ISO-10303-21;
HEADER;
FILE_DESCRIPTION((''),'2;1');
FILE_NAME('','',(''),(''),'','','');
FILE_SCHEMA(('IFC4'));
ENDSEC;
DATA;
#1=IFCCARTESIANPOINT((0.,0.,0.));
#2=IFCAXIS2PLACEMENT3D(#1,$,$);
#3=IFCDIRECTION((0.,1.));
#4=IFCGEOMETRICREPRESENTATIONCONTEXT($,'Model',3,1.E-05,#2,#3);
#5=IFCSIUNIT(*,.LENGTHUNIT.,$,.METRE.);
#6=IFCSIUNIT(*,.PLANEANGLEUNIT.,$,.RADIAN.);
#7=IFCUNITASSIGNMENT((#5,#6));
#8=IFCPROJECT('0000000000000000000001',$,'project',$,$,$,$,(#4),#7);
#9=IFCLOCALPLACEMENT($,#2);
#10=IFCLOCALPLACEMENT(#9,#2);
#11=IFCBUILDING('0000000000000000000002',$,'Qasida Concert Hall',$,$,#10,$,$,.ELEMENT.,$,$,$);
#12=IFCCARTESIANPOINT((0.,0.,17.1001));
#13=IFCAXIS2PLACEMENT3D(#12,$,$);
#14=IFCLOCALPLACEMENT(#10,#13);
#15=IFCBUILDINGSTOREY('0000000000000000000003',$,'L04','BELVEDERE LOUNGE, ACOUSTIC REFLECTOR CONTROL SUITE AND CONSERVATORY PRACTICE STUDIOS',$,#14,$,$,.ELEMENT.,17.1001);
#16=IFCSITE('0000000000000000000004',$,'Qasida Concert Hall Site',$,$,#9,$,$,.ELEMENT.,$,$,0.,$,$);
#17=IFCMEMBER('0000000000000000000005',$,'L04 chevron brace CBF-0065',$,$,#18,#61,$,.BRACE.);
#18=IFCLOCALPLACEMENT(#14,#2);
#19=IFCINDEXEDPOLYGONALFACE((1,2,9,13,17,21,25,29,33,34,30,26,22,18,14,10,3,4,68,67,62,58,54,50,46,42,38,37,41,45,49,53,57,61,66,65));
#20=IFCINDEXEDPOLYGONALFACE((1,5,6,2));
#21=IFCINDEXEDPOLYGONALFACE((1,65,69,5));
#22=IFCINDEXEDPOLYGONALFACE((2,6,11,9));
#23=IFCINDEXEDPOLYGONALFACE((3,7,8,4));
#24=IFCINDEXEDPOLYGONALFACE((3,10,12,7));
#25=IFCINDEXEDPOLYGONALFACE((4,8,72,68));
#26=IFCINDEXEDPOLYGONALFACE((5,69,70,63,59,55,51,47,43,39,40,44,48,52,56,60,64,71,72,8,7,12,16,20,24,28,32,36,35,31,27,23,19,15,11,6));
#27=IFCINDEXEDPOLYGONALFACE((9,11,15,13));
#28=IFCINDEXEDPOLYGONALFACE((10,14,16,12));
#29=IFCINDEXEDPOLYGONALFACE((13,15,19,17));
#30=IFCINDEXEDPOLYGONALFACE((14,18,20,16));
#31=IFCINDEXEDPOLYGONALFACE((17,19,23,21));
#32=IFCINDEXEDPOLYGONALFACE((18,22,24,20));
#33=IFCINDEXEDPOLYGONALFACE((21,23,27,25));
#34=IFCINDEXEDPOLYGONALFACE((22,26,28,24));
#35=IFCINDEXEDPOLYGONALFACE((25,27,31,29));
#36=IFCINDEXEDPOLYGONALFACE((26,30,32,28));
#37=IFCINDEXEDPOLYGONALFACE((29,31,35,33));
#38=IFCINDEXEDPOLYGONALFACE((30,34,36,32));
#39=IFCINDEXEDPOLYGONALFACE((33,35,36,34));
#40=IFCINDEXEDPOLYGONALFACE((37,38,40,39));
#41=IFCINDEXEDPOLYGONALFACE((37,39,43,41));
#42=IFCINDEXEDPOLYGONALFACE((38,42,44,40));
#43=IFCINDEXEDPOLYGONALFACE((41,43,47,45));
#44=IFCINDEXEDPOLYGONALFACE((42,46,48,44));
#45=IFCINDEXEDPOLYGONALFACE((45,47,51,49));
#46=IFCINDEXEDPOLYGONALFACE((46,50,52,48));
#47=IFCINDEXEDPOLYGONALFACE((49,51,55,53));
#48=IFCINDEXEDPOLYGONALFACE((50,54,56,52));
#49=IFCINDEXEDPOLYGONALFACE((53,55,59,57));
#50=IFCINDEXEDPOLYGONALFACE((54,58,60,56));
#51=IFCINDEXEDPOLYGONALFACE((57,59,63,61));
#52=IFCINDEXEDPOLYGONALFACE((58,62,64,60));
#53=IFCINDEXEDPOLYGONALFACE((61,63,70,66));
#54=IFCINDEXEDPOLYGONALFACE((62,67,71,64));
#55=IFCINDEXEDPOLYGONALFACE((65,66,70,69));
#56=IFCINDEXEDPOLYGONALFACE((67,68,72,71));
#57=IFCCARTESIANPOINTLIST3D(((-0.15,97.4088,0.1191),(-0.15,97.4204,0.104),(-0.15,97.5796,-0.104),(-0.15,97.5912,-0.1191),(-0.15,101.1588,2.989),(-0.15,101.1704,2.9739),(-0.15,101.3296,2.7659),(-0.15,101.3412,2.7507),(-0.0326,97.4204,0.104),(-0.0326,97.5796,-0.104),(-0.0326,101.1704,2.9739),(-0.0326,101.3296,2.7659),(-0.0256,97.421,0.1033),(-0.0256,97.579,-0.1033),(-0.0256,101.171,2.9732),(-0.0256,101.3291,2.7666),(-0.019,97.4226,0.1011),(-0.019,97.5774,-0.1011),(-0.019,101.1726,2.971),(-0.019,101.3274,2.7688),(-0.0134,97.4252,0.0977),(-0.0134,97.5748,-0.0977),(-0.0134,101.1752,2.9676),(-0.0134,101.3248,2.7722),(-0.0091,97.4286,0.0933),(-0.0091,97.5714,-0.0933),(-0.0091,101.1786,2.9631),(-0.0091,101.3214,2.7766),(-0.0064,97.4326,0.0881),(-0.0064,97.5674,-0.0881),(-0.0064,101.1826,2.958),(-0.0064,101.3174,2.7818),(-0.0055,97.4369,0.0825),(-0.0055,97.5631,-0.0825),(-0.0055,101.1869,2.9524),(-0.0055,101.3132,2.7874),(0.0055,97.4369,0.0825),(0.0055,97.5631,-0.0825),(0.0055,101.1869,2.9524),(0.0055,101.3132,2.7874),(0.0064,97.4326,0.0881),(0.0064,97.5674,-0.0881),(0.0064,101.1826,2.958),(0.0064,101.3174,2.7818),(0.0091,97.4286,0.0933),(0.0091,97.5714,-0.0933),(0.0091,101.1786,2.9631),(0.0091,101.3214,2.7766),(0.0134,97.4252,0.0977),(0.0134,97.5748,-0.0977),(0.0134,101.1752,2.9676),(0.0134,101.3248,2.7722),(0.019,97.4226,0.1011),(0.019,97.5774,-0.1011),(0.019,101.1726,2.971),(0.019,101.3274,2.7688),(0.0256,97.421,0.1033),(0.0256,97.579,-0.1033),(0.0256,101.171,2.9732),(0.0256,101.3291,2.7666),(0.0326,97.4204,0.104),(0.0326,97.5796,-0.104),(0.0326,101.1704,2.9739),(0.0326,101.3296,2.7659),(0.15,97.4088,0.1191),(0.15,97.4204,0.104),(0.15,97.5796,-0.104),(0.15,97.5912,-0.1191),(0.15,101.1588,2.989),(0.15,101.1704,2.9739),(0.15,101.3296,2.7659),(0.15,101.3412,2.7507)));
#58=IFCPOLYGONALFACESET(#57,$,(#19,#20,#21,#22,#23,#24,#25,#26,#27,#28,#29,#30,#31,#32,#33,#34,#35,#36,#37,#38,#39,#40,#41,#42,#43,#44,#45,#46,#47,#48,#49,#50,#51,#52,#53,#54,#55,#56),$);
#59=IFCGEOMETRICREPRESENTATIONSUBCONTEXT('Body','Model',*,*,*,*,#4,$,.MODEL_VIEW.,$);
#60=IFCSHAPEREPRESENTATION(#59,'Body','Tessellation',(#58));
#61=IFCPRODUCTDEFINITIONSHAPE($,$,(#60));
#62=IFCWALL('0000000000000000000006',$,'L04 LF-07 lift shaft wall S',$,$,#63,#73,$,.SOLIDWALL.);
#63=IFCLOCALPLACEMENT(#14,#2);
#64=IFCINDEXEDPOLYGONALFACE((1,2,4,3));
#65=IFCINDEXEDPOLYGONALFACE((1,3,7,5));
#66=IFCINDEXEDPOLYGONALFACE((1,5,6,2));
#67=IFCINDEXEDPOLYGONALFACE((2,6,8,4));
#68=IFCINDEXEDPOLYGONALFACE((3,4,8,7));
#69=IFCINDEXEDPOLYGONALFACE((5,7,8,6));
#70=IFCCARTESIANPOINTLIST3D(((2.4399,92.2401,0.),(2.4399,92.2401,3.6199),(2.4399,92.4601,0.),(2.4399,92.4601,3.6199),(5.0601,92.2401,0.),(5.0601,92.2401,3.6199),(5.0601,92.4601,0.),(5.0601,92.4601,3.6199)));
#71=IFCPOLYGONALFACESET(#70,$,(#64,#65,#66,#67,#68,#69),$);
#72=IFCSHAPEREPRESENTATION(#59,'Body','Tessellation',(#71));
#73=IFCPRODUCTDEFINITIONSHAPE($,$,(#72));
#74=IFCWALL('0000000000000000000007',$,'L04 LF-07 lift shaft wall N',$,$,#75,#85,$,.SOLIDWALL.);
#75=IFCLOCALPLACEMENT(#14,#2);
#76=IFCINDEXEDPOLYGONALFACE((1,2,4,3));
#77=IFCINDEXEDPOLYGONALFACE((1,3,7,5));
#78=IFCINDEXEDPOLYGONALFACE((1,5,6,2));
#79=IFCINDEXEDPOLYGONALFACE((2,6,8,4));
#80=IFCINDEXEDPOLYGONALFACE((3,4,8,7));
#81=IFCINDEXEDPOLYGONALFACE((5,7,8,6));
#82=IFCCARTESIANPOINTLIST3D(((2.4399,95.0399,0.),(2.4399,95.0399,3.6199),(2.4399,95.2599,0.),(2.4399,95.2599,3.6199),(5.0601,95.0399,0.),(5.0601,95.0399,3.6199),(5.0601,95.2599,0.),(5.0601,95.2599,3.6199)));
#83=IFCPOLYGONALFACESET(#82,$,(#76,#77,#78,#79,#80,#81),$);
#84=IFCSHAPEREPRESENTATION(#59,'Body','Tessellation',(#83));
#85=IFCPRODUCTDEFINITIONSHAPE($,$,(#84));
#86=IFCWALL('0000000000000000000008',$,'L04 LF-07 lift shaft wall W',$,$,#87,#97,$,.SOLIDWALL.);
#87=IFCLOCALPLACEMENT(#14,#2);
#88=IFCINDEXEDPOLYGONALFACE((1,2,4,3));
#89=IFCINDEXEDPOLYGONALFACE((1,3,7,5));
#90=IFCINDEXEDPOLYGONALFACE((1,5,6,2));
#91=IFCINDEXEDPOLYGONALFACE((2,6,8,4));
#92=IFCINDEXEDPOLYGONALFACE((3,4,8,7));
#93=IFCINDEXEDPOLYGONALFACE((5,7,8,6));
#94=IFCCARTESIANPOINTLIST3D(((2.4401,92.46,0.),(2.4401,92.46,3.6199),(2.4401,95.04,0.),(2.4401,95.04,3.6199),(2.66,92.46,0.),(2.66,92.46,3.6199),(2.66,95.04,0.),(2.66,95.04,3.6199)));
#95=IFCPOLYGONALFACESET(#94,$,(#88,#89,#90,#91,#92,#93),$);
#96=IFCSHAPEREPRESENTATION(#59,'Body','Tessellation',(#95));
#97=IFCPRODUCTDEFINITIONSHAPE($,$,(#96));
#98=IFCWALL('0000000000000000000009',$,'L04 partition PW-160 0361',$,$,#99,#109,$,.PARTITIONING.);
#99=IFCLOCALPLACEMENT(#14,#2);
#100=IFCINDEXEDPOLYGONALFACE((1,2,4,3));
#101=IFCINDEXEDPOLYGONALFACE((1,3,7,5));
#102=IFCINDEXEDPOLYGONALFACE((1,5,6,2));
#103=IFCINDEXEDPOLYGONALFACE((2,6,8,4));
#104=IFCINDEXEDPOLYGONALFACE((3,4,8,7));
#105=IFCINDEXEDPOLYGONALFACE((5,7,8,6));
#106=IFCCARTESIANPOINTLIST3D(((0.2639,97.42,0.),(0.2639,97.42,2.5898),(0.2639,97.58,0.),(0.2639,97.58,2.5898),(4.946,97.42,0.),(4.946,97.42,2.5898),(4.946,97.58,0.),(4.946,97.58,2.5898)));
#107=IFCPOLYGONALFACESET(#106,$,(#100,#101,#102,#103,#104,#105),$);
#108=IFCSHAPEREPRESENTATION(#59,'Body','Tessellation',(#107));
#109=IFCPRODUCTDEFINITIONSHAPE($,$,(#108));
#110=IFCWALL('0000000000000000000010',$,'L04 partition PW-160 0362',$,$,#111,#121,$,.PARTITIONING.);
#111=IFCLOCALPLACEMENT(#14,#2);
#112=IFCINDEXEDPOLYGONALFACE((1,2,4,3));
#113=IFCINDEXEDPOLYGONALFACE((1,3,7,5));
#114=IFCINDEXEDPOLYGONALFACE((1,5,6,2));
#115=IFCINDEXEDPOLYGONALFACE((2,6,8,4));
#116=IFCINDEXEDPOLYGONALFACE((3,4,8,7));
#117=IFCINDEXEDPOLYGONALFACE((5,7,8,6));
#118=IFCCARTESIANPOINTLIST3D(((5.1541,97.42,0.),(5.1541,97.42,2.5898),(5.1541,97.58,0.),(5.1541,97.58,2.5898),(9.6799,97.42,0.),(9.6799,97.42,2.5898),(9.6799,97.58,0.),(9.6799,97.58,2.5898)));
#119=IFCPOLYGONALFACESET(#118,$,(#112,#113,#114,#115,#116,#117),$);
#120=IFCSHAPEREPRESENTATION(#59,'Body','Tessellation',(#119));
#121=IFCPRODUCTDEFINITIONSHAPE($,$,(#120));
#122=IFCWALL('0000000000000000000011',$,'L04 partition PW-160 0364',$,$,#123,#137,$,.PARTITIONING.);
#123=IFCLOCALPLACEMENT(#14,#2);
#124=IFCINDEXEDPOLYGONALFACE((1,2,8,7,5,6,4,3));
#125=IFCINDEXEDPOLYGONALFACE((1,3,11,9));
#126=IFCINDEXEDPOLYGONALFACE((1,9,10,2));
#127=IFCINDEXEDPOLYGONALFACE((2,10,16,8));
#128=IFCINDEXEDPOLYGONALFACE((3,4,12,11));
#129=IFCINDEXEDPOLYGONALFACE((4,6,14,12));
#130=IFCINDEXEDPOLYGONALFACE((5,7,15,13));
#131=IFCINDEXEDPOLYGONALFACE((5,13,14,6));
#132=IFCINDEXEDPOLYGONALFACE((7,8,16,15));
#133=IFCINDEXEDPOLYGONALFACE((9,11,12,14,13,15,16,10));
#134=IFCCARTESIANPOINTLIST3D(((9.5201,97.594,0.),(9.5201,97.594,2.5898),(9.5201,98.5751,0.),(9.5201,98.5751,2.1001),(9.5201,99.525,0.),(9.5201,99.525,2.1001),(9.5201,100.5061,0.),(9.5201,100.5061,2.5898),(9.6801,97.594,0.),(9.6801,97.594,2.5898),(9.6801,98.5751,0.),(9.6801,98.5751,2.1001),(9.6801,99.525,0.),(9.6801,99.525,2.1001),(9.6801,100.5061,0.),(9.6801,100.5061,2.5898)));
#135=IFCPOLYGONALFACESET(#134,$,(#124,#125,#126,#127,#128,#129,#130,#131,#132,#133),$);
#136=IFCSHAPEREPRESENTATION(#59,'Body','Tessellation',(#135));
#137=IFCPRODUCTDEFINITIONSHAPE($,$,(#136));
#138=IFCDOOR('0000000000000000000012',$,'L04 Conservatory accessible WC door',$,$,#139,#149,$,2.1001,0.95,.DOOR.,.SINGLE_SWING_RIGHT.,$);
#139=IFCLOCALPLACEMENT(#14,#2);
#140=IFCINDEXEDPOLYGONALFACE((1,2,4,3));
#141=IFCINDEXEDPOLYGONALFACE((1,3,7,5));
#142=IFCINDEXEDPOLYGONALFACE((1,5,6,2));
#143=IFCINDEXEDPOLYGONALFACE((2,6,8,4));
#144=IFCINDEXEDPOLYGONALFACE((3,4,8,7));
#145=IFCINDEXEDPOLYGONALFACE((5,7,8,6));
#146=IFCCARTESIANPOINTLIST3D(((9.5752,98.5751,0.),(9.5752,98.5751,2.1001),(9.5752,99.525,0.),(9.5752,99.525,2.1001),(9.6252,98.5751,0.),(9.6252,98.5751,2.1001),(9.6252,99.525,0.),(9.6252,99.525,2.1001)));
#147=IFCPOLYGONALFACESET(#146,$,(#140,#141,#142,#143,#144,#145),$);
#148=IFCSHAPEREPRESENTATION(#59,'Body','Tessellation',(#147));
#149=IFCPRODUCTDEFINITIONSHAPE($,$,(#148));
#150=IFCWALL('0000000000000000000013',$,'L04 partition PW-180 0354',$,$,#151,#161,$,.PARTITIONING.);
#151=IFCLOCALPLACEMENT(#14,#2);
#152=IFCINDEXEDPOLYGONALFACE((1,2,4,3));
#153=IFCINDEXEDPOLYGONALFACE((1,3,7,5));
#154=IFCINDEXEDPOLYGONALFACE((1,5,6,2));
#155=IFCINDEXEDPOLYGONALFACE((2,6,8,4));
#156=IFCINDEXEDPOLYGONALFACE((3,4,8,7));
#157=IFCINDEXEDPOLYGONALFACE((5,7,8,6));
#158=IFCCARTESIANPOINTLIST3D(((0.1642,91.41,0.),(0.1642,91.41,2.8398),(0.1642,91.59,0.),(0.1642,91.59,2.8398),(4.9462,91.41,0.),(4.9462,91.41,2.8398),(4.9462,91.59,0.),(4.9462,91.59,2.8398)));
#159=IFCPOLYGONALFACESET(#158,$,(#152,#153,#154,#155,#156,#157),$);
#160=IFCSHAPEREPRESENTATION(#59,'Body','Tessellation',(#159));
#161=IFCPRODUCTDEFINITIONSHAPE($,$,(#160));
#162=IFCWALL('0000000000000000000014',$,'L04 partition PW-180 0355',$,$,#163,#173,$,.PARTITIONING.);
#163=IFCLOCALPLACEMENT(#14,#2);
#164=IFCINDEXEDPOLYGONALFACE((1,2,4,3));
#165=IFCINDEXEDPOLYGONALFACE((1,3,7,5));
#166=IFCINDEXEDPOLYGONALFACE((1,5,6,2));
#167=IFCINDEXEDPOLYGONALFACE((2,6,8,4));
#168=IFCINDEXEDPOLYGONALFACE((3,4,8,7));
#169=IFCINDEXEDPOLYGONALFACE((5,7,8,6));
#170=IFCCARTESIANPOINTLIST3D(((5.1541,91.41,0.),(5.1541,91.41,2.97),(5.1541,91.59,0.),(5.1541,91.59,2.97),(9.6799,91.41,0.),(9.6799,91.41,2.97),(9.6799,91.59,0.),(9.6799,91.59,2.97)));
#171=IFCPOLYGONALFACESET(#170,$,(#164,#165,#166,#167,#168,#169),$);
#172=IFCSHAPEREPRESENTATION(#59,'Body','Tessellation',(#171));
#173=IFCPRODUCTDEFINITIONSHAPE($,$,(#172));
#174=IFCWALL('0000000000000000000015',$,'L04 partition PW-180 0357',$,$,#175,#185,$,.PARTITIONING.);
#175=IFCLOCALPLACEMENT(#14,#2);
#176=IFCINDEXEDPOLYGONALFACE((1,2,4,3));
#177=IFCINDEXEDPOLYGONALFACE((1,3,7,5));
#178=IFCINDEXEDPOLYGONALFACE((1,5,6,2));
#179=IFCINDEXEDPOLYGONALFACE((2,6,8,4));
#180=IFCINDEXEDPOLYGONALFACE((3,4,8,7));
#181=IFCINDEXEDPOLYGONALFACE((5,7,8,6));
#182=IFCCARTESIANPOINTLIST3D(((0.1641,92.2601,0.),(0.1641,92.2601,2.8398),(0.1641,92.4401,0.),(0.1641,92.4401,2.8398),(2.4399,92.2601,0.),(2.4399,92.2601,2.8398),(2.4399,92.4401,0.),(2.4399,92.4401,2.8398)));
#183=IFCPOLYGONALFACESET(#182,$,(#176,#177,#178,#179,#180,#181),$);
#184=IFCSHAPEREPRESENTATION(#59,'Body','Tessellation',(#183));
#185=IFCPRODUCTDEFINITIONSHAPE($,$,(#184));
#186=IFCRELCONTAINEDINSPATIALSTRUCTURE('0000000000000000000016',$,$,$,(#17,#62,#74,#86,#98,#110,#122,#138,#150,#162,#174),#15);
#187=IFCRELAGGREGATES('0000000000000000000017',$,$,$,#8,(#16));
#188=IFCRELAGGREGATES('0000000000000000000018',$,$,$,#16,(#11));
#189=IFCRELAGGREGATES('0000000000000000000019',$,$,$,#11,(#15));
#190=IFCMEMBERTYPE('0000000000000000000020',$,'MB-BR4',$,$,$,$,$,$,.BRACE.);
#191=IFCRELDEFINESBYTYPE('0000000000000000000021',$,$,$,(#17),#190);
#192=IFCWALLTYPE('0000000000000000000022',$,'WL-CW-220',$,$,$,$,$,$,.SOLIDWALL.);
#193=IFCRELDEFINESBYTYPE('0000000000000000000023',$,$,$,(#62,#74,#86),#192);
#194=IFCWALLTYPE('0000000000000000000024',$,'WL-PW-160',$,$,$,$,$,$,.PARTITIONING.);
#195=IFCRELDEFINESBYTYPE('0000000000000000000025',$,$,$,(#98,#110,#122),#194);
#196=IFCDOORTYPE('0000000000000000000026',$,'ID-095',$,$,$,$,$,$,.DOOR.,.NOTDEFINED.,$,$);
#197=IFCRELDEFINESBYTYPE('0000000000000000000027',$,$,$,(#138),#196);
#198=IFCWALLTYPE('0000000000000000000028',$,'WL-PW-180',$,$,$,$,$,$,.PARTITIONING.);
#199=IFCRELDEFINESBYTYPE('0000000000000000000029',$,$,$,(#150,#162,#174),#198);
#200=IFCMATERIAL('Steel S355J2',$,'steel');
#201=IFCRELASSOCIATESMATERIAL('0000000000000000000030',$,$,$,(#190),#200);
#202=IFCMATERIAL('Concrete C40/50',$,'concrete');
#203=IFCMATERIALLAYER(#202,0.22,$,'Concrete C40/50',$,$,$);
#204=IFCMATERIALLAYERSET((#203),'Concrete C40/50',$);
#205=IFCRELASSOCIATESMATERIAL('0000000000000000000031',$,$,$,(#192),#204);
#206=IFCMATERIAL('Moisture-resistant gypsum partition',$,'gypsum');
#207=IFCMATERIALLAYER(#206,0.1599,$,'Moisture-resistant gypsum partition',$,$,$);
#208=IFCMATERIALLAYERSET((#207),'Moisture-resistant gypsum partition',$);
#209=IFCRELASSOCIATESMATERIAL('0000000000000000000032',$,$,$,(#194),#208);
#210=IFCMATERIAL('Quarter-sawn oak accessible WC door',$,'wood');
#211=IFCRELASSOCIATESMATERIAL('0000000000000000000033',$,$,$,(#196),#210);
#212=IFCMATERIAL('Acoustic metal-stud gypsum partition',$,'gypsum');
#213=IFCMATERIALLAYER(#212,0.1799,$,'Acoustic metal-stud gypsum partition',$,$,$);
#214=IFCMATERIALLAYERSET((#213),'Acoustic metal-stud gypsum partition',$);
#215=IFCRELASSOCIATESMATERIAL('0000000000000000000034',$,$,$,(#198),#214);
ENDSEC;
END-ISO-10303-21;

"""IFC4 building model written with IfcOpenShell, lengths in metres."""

from ifc_helpers import new_model, si_unit, direction, frame, frame_2d, origin, origin_2d, place, context, subcontext, project, spatial, rectangle, i_section, extrude, material, layer, layer_set, material_profile, profile_set, type_object, element, fill, save


model = new_model("IFC4")

# Units and contexts
model_context = context("Model", 3, precision=1e-05, world=origin(), true_north=direction((0.0, 1.0)))
body_context = subcontext(model_context, "Body", "Model", "MODEL_VIEW")
ifc_project = project(units=[si_unit("LENGTHUNIT", "METRE"), si_unit("PLANEANGLEUNIT", "RADIAN")], contexts=[model_context])

# Site, building, storey
site_placement = place(None, origin())
site = spatial("IfcSite", under=ifc_project, at=site_placement, Name="Qasida Concert Hall Site", CompositionType="ELEMENT", RefElevation=0.0)
building_placement = place(site_placement, origin())
building = spatial("IfcBuilding", under=site, at=building_placement, Name="Qasida Concert Hall", CompositionType="ELEMENT")
storey_placement = place(building_placement, frame((0.0, 0.0, 17.1001)))
storey = spatial("IfcBuildingStorey", under=building, at=storey_placement, Name="L04", Description="BELVEDERE LOUNGE, ACOUSTIC REFLECTOR CONTROL SUITE AND CONSERVATORY PRACTICE STUDIOS", CompositionType="ELEMENT", Elevation=17.1001)

# Shared definitions
ifc_material_1 = material(Name="Concrete C40/50", Category="concrete")
ifc_material_2 = material(Name="Steel S355J2", Category="steel")

# Member
ifc_material_profile_1 = material_profile(ifc_material_2, i_section(OverallWidth=0.3, OverallDepth=0.3, WebThickness=0.011, FlangeThickness=0.019, FilletRadius=0.0271, at=origin_2d()), Name="HEB 300")
ifc_profile_set_1 = profile_set([ifc_material_profile_1], Name="Steel S355J2")
member_type = type_object("IfcMemberType", Name="MB-BR4", PredefinedType="BRACE", material=ifc_profile_set_1)
member_placement = place(storey_placement, frame((0.0, 97.5, 0.0), z_axis=(0.0, 0.79413, 0.607748), x_axis=(-1.0, 0.0, 0.0)))
element("IfcMember", 1, at=member_placement, inside=storey, type_object=member_type, Name="L04 chevron brace CBF-0065", PredefinedType="BRACE", context=body_context, shape_type="SweptSolid", body=[
    extrude(i_section(OverallWidth=0.3, OverallDepth=0.3, WebThickness=0.011, FlangeThickness=0.019, FilletRadius=0.0271, at=origin_2d()), origin(), (0.0, 0.0, 1.0), 4.7222),
])

# Walls
ifc_layer_1 = layer(ifc_material_1, 0.22, Name="Concrete C40/50")
ifc_layer_set_1 = layer_set([ifc_layer_1], Name="Concrete C40/50")
wall_type_1 = type_object("IfcWallType", Name="WL-CW-220", PredefinedType="SOLIDWALL", material=ifc_layer_set_1)
for number, where, z_axis, x_axis, name in (
    (2, (2.4399, 92.3501, 0.0), (0.0, 0.0, 1.0), (1.0, 0.0, 0.0), "L04 LF-07 lift shaft wall S"),
    (3, (2.4399, 95.1499, 0.0), (0.0, 0.0, 1.0), (1.0, 0.0, 0.0), "L04 LF-07 lift shaft wall N"),
):
    element("IfcWall", number, at=place(storey_placement, frame(where, z_axis=z_axis, x_axis=x_axis)), inside=storey, type_object=wall_type_1, Name=name, PredefinedType="SOLIDWALL", context=body_context, shape_type="SweptSolid", body=[
        extrude(rectangle(XDim=2.6201, YDim=0.22, at=frame_2d((1.3101, 0.0))), origin(), (0.0, 0.0, 1.0), 3.6199),
    ])
wall_1_placement = place(storey_placement, frame((2.55, 92.46, 0.0), z_axis=(0.0, 0.0, 1.0), x_axis=(0.0, 1.0, 0.0)))
element("IfcWall", 4, at=wall_1_placement, inside=storey, type_object=wall_type_1, Name="L04 LF-07 lift shaft wall W", PredefinedType="SOLIDWALL", context=body_context, shape_type="SweptSolid", body=[
    extrude(rectangle(XDim=2.5801, YDim=0.22, at=frame_2d((1.29, 0.0))), origin(), (0.0, 0.0, 1.0), 3.6199),
])

# Walls
ifc_material_3 = material(Name="Moisture-resistant gypsum partition", Category="gypsum")
ifc_layer_2 = layer(ifc_material_3, 0.1599, Name="Moisture-resistant gypsum partition")
ifc_layer_set_2 = layer_set([ifc_layer_2], Name="Moisture-resistant gypsum partition")
wall_type_2 = type_object("IfcWallType", Name="WL-PW-160", PredefinedType="PARTITIONING", material=ifc_layer_set_2)
wall_2_placement = place(storey_placement, frame((0.2639, 97.5, 0.0), z_axis=(0.0, 0.0, 1.0), x_axis=(1.0, 0.0, 0.0)))
element("IfcWall", 5, at=wall_2_placement, inside=storey, type_object=wall_type_2, Name="L04 partition PW-160 0361", PredefinedType="PARTITIONING", context=body_context, shape_type="SweptSolid", body=[
    extrude(rectangle(XDim=4.6821, YDim=0.1599, at=frame_2d((2.3411, 0.0))), origin(), (0.0, 0.0, 1.0), 2.5898),
])
wall_3_placement = place(storey_placement, frame((5.1541, 97.5, 0.0), z_axis=(0.0, 0.0, 1.0), x_axis=(1.0, 0.0, 0.0)))
element("IfcWall", 6, at=wall_3_placement, inside=storey, type_object=wall_type_2, Name="L04 partition PW-160 0362", PredefinedType="PARTITIONING", context=body_context, shape_type="SweptSolid", body=[
    extrude(rectangle(XDim=4.5259, YDim=0.1599, at=frame_2d((2.2629, 0.0))), origin(), (0.0, 0.0, 1.0), 2.5898),
])

# Wall, opening, door
wall_4_placement = place(storey_placement, frame((9.6001, 97.594, 0.0), z_axis=(0.0, 0.0, 1.0), x_axis=(0.0, 1.0, 0.0)))
wall_4 = element("IfcWall", 7, at=wall_4_placement, inside=storey, type_object=wall_type_2, Name="L04 partition PW-160 0364", PredefinedType="PARTITIONING", context=body_context, shape_type="SweptSolid", body=[
    extrude(rectangle(XDim=2.9121, YDim=0.1599, at=frame_2d((1.4561, 0.0))), origin(), (0.0, 0.0, 1.0), 2.5898),
])
opening_1_placement = place(wall_4_placement, frame((0.981, 0.0, 0.0)))
opening_1 = element("IfcOpeningElement", 8, at=opening_1_placement, cuts=wall_4, PredefinedType="OPENING", context=body_context, shape_type="SweptSolid", body=[
    extrude(rectangle(XDim=0.95, YDim=2.1001, at=frame_2d((0.4751, 1.05))), frame((0.0, 0.0898, 0.0), z_axis=(0.0, -1.0, 0.0), x_axis=(1.0, 0.0, 0.0)), (0.0, 0.0, 1.0), 0.1799),
])
ifc_material_4 = material(Name="Quarter-sawn oak accessible WC door", Category="wood")
door_type_1 = type_object("IfcDoorType", Name="ID-095", OperationType="NOTDEFINED", PredefinedType="DOOR", material=ifc_material_4)
door_1_placement = place(opening_1_placement, origin())
door_1 = element("IfcDoor", 9, at=door_1_placement, inside=storey, type_object=door_type_1, Name="L04 Conservatory accessible WC door", OperationType="SINGLE_SWING_RIGHT", OverallHeight=2.1001, OverallWidth=0.95, PredefinedType="DOOR", context=body_context, shape_type="SweptSolid", body=[
    extrude(rectangle(XDim=0.95, YDim=2.1001, at=frame_2d((0.4751, 1.05))), frame((0.0, 0.0249, 0.0), z_axis=(0.0, -1.0, 0.0), x_axis=(1.0, 0.0, 0.0)), (0.0, 0.0, 1.0), 0.05),
])
fill(opening_1, door_1)

# Walls
ifc_material_5 = material(Name="Acoustic metal-stud gypsum partition", Category="gypsum")
ifc_layer_3 = layer(ifc_material_5, 0.1799, Name="Acoustic metal-stud gypsum partition")
ifc_layer_set_3 = layer_set([ifc_layer_3], Name="Acoustic metal-stud gypsum partition")
wall_type_3 = type_object("IfcWallType", Name="WL-PW-180", PredefinedType="PARTITIONING", material=ifc_layer_set_3)
wall_5_placement = place(storey_placement, frame((0.1641, 91.5, 0.0), z_axis=(0.0, 0.0, 1.0), x_axis=(1.0, 0.0, 0.0)))
element("IfcWall", 10, at=wall_5_placement, inside=storey, type_object=wall_type_3, Name="L04 partition PW-180 0354", PredefinedType="PARTITIONING", context=body_context, shape_type="SweptSolid", body=[
    extrude(rectangle(XDim=4.782, YDim=0.1799, at=frame_2d((2.3911, 0.0))), origin(), (0.0, 0.0, 1.0), 2.8398),
])
wall_6_placement = place(storey_placement, frame((5.1541, 91.5, 0.0), z_axis=(0.0, 0.0, 1.0), x_axis=(1.0, 0.0, 0.0)))
element("IfcWall", 11, at=wall_6_placement, inside=storey, type_object=wall_type_3, Name="L04 partition PW-180 0355", PredefinedType="PARTITIONING", context=body_context, shape_type="SweptSolid", body=[
    extrude(rectangle(XDim=4.5259, YDim=0.1799, at=frame_2d((2.2629, 0.0))), origin(), (0.0, 0.0, 1.0), 2.97),
])
for number, where, z_axis, x_axis, name in (
    (12, (0.1641, 92.3501, 0.0), (0.0, 0.0, 1.0), (1.0, 0.0, 0.0), "L04 partition PW-180 0357"),
):
    element("IfcWall", number, at=place(storey_placement, frame(where, z_axis=z_axis, x_axis=x_axis)), inside=storey, type_object=wall_type_3, Name=name, PredefinedType="PARTITIONING", context=body_context, shape_type="SweptSolid", body=[
        extrude(rectangle(XDim=2.2759, YDim=0.1799, at=frame_2d((1.1379, 0.0))), origin(), (0.0, 0.0, 1.0), 2.8398),
    ])

save(model, "model.ifc")
